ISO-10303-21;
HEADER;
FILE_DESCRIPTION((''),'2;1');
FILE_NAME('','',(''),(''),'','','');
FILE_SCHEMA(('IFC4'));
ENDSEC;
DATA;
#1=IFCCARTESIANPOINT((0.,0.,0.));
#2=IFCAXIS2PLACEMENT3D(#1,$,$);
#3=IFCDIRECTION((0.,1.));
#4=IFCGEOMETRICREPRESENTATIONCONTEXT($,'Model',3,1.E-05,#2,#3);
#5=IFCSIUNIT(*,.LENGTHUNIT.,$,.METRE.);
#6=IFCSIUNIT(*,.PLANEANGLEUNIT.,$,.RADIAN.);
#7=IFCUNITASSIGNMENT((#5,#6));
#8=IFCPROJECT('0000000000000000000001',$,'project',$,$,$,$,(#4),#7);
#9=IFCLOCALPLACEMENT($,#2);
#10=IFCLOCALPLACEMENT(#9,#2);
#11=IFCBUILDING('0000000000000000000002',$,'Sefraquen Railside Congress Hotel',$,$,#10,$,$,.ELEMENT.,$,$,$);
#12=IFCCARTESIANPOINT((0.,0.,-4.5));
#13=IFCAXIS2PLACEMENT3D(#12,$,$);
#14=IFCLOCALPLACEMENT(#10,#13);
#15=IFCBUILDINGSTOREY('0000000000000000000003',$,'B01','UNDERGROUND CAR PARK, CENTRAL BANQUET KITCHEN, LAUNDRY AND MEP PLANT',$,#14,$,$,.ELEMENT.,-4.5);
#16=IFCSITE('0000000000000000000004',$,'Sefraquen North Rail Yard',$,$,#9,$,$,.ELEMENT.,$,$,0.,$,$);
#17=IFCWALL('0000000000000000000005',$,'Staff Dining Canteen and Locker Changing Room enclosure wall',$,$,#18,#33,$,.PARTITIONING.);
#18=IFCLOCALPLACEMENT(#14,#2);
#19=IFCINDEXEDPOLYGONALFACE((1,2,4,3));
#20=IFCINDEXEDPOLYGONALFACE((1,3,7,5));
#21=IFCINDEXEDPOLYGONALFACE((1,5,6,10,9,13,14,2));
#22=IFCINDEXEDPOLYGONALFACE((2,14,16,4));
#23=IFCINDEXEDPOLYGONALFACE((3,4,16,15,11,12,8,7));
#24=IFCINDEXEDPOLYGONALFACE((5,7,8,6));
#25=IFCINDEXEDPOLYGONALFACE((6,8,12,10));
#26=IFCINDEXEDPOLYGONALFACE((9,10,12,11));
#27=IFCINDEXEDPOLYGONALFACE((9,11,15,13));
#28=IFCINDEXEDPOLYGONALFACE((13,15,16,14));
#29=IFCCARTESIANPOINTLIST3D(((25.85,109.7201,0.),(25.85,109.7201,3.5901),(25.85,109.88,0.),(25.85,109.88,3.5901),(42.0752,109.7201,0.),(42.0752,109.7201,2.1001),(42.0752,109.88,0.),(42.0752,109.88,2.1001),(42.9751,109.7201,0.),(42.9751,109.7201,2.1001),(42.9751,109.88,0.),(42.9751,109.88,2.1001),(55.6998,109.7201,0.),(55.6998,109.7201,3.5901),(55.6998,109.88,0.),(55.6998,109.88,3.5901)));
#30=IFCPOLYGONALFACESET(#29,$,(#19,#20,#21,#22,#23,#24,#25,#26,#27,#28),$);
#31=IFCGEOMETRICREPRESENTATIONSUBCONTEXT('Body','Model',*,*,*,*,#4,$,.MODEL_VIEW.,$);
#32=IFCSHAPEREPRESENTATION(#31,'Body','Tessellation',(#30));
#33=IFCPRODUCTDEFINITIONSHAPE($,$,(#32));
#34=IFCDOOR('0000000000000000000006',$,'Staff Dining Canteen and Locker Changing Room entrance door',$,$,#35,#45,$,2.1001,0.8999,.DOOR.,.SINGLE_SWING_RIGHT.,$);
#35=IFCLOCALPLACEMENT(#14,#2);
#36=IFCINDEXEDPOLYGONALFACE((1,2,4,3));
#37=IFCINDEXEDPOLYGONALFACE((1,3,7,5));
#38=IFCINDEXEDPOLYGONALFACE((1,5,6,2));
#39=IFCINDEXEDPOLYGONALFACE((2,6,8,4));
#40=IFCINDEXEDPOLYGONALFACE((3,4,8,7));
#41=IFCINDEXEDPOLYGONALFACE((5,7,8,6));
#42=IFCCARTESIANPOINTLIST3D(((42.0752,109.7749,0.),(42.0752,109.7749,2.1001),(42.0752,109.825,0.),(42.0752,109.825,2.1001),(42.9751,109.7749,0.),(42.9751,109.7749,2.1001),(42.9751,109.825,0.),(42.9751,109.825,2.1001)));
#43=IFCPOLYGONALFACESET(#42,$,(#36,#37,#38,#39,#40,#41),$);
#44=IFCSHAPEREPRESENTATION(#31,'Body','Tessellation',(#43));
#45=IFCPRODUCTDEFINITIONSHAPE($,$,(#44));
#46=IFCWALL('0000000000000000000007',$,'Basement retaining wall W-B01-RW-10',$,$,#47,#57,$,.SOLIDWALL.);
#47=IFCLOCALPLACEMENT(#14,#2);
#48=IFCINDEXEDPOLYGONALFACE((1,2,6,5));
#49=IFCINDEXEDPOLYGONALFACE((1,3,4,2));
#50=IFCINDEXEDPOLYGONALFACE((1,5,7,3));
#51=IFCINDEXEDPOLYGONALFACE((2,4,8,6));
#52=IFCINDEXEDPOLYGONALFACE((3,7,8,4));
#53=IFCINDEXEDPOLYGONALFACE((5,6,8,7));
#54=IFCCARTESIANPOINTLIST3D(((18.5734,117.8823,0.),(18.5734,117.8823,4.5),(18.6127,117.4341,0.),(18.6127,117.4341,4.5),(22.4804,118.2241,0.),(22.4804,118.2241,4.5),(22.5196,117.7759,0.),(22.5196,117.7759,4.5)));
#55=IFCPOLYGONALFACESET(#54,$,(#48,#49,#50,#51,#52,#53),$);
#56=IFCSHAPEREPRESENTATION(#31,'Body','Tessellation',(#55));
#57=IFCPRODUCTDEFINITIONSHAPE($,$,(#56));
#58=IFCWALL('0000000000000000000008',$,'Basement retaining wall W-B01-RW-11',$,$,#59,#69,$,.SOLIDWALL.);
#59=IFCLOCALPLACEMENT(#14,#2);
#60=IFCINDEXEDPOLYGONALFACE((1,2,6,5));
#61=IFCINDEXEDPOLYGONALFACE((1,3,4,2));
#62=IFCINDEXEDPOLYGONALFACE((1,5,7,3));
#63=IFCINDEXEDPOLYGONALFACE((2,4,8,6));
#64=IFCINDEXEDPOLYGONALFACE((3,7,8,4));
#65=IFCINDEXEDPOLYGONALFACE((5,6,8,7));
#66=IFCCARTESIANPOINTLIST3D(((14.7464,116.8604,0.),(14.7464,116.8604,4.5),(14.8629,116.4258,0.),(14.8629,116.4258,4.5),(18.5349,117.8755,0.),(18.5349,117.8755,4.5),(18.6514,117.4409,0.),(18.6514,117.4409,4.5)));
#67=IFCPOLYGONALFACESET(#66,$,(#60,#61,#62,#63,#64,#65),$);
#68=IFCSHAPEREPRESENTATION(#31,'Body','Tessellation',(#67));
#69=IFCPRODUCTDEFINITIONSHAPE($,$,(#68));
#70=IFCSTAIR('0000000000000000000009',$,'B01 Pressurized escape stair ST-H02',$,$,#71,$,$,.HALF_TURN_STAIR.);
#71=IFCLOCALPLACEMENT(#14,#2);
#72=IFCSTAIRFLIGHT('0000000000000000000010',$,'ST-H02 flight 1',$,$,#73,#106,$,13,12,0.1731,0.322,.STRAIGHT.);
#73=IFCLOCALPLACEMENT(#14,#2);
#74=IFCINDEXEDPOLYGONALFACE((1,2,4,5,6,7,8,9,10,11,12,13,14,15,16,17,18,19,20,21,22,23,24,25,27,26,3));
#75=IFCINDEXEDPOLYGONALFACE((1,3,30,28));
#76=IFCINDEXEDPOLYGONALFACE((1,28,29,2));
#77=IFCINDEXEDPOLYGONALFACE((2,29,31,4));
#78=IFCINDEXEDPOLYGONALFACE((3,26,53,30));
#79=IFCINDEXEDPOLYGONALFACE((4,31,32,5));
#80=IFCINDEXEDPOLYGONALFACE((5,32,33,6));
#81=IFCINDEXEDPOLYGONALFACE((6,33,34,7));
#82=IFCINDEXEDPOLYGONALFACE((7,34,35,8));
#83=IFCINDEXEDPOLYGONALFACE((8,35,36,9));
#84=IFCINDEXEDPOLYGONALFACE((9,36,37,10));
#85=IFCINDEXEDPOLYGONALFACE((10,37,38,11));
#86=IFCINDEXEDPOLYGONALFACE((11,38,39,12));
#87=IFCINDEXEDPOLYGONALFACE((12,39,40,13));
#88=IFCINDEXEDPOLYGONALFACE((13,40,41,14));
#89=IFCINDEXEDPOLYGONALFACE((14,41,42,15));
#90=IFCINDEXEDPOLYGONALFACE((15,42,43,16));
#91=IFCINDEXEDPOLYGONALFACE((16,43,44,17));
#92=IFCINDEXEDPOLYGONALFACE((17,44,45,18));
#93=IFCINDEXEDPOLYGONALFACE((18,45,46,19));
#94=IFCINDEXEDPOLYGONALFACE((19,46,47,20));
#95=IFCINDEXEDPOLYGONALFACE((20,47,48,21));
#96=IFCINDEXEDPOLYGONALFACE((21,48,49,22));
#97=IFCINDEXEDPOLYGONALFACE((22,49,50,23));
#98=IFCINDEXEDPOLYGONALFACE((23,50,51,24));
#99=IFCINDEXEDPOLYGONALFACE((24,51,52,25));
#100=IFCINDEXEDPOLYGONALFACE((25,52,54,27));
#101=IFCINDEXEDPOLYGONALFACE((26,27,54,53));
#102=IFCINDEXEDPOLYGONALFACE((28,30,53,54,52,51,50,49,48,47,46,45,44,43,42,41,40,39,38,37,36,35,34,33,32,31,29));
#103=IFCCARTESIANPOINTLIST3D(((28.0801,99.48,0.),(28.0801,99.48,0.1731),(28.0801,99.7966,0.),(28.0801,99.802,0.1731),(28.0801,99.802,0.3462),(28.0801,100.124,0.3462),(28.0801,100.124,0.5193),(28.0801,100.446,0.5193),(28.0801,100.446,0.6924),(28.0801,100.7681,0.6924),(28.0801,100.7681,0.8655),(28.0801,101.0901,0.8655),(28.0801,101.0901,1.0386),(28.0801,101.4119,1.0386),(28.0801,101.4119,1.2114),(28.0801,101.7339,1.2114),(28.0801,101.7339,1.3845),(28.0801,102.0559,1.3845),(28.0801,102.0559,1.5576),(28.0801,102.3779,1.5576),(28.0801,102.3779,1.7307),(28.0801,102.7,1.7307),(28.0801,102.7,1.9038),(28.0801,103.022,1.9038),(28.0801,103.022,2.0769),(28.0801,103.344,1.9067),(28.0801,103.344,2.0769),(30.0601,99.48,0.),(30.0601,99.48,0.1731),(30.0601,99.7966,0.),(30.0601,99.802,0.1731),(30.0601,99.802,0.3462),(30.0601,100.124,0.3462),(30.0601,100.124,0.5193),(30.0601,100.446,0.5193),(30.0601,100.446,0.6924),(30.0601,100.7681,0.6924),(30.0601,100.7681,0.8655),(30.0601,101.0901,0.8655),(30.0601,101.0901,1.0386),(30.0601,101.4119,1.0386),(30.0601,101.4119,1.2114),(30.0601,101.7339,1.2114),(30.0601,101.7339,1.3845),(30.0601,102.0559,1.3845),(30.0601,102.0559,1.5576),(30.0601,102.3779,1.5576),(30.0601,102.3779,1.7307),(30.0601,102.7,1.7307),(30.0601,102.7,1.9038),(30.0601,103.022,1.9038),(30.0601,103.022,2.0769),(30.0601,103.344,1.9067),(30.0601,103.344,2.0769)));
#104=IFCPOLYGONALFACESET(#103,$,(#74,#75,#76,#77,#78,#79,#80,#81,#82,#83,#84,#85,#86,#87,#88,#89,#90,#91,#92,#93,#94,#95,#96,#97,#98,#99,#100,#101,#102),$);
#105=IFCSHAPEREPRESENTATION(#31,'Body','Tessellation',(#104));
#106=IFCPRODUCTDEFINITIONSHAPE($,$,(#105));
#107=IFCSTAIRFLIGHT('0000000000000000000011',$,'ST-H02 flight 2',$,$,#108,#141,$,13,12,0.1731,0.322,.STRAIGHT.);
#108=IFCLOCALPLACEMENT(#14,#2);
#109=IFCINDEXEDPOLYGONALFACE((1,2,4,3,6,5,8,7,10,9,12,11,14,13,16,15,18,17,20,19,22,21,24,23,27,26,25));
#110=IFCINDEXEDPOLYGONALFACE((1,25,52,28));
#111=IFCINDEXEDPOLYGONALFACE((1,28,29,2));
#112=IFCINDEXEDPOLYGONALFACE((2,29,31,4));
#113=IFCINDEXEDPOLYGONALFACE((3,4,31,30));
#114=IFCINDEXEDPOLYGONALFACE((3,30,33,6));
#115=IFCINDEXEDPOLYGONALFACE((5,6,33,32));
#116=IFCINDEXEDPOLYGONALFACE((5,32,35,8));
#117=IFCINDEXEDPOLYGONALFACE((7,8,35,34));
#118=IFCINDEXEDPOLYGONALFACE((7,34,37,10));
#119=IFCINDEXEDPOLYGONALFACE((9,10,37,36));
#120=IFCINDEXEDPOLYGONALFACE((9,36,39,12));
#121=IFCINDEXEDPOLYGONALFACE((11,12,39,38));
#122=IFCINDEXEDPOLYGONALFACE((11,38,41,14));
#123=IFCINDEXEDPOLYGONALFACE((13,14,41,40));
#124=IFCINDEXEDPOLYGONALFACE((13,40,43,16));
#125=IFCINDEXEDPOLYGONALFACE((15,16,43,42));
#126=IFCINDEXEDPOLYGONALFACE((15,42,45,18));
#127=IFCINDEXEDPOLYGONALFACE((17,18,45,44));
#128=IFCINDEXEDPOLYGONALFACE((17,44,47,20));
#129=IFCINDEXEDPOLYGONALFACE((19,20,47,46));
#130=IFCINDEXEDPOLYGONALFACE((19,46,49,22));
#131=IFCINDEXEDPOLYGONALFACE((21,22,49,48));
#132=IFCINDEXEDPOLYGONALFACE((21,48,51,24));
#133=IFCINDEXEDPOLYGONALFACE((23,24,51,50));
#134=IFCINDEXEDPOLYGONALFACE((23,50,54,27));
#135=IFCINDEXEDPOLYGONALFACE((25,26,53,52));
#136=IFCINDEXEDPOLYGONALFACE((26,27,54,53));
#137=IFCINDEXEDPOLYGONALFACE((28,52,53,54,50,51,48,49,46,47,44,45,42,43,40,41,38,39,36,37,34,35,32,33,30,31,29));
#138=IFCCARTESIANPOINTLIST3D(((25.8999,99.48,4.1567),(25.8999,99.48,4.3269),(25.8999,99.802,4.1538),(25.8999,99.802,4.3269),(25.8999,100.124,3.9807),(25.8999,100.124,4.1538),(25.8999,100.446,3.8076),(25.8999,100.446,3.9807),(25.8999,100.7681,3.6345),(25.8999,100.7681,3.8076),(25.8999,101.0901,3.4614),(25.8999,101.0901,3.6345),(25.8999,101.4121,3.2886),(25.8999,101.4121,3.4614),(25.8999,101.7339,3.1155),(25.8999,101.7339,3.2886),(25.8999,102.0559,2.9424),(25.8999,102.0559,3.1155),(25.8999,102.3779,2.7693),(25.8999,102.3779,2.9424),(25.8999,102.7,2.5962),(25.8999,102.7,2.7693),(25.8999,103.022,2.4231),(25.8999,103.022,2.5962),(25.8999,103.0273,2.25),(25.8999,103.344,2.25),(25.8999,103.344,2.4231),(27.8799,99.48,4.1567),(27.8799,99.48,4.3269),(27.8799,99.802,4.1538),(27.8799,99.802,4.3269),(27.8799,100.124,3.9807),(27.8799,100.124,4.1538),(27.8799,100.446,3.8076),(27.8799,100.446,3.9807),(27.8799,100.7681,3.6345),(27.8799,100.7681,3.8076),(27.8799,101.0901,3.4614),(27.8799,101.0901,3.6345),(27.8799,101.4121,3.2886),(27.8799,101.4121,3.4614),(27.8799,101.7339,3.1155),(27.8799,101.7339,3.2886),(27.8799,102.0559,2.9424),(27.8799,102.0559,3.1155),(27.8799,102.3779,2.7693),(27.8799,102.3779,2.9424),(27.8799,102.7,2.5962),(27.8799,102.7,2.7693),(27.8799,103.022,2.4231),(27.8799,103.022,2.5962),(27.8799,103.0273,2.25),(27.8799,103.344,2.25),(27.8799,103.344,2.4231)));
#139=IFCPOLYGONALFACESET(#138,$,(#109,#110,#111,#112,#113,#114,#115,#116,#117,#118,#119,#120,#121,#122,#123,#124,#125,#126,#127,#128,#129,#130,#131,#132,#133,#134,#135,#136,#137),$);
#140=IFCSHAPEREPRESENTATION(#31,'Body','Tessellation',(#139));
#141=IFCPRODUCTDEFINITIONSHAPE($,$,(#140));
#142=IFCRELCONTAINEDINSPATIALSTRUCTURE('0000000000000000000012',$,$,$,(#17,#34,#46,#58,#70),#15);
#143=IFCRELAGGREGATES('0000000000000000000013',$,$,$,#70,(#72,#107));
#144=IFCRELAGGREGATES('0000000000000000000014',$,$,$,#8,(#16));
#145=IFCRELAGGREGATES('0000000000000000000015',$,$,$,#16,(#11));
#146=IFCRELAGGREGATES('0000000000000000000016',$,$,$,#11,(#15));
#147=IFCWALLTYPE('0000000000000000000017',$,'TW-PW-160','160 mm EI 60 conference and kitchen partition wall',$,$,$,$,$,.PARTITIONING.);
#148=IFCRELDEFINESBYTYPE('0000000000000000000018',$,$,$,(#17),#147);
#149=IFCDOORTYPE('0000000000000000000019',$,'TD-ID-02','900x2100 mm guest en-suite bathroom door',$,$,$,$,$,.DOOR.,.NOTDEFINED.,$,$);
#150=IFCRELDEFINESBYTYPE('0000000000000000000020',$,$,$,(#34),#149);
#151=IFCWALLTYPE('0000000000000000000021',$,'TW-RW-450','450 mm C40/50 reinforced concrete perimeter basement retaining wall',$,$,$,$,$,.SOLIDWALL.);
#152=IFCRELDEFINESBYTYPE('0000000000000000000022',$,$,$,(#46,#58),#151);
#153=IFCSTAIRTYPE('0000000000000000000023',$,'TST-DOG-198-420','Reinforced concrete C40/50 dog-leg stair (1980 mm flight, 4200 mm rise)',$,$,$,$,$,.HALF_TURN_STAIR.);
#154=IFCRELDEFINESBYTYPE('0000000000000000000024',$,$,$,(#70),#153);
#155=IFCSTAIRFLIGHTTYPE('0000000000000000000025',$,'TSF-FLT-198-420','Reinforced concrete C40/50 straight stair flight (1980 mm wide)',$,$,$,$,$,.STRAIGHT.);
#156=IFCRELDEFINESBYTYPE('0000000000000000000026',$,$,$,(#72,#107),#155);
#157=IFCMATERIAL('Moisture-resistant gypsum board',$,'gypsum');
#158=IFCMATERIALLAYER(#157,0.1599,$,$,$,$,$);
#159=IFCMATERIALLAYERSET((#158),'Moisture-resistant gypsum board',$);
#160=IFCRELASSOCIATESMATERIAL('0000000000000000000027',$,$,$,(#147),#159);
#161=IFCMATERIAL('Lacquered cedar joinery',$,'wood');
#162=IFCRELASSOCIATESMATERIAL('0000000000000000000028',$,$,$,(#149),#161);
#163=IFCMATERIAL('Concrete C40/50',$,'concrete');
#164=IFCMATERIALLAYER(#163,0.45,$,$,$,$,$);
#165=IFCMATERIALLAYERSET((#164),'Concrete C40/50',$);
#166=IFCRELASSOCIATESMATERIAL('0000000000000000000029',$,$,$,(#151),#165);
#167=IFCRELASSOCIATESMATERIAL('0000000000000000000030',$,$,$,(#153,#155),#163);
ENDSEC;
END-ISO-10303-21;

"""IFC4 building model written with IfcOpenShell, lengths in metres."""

from ifc_helpers import new_model, si_unit, direction, frame, frame_2d, origin, place, context, subcontext, project, spatial, polyline, rectangle, outline, extrude, material, layer, layer_set, type_object, element, fill, aggregate, save


model = new_model("IFC4")

# Units and contexts
model_context = context("Model", 3, precision=1e-05, world=origin(), true_north=direction((0.0, 1.0)))
body_context = subcontext(model_context, "Body", "Model", "MODEL_VIEW")
ifc_project = project(units=[si_unit("LENGTHUNIT", "METRE"), si_unit("PLANEANGLEUNIT", "RADIAN")], contexts=[model_context])

# Site, building, storey
site_placement = place(None, origin())
site = spatial("IfcSite", under=ifc_project, at=site_placement, Name="Sefraquen North Rail Yard", CompositionType="ELEMENT", RefElevation=0.0)
building_placement = place(site_placement, origin())
building = spatial("IfcBuilding", under=site, at=building_placement, Name="Sefraquen Railside Congress Hotel", CompositionType="ELEMENT")
storey_placement = place(building_placement, frame((0.0, 0.0, -4.5)))
storey = spatial("IfcBuildingStorey", under=building, at=storey_placement, Name="B01", Description="UNDERGROUND CAR PARK, CENTRAL BANQUET KITCHEN, LAUNDRY AND MEP PLANT", CompositionType="ELEMENT", Elevation=-4.5)

# Wall, opening, door
ifc_material_1 = material(Name="Concrete C40/50", Category="concrete")
ifc_material_2 = material(Name="Moisture-resistant gypsum board", Category="gypsum")
ifc_layer_1 = layer(ifc_material_2, 0.1599)
ifc_layer_set_1 = layer_set([ifc_layer_1], Name="Moisture-resistant gypsum board")
wall_type_1 = type_object("IfcWallType", Name="TW-PW-160", Description="160 mm EI 60 conference and kitchen partition wall", PredefinedType="PARTITIONING", material=ifc_layer_set_1)
wall_1_placement = place(storey_placement, frame((25.8501, 109.8, 0.0), z_axis=(0.0, 0.0, 1.0), x_axis=(1.0, 0.0, 0.0)))
wall_1 = element("IfcWall", 1, at=wall_1_placement, inside=storey, type_object=wall_type_1, Name="Staff Dining Canteen and Locker Changing Room enclosure wall", PredefinedType="PARTITIONING", context=body_context, shape_type="SweptSolid", body=[
    extrude(rectangle(XDim=29.8499, YDim=0.1599, at=frame_2d((14.9248, 0.0))), origin(), (0.0, 0.0, 1.0), 3.5901),
])
opening_1_placement = place(wall_1_placement, frame((16.2251, 0.0, 0.0)))
opening_1 = element("IfcOpeningElement", 2, at=opening_1_placement, cuts=wall_1, PredefinedType="OPENING", context=body_context, shape_type="SweptSolid", body=[
    extrude(rectangle(XDim=0.8999, YDim=2.1001, at=frame_2d((0.45, 1.05))), frame((0.0, 0.0898, 0.0), z_axis=(0.0, -1.0, 0.0), x_axis=(1.0, 0.0, 0.0)), (0.0, 0.0, 1.0), 0.1799),
])
ifc_material_3 = material(Name="Lacquered cedar joinery", Category="wood")
door_type_1 = type_object("IfcDoorType", Name="TD-ID-02", Description="900x2100 mm guest en-suite bathroom door", OperationType="NOTDEFINED", PredefinedType="DOOR", material=ifc_material_3)
door_1_placement = place(opening_1_placement, origin())
door_1 = element("IfcDoor", 3, at=door_1_placement, inside=storey, type_object=door_type_1, Name="Staff Dining Canteen and Locker Changing Room entrance door", OperationType="SINGLE_SWING_RIGHT", OverallHeight=2.1001, OverallWidth=0.8999, PredefinedType="DOOR", context=body_context, shape_type="SweptSolid", body=[
    extrude(rectangle(XDim=0.8999, YDim=2.1001, at=frame_2d((0.45, 1.05))), frame((0.0, 0.0249, 0.0), z_axis=(0.0, -1.0, 0.0), x_axis=(1.0, 0.0, 0.0)), (0.0, 0.0, 1.0), 0.05),
])
fill(opening_1, door_1)

# Walls
ifc_layer_2 = layer(ifc_material_1, 0.45)
ifc_layer_set_2 = layer_set([ifc_layer_2], Name="Concrete C40/50")
wall_type_2 = type_object("IfcWallType", Name="TW-RW-450", Description="450 mm C40/50 reinforced concrete perimeter basement retaining wall", PredefinedType="SOLIDWALL", material=ifc_layer_set_2)
wall_2_placement = place(storey_placement, frame((22.5, 118.0, 0.0), z_axis=(0.0, 0.0, 1.0), x_axis=(-0.996195, -0.087151, 0.0)))
element("IfcWall", 4, at=wall_2_placement, inside=storey, type_object=wall_type_2, Name="Basement retaining wall W-B01-RW-10", PredefinedType="SOLIDWALL", context=body_context, shape_type="SweptSolid", body=[
    extrude(rectangle(XDim=3.9219, YDim=0.45, at=frame_2d((1.9609, 0.0))), origin(), (0.0, 0.0, 1.0), 4.5),
])
wall_3_placement = place(storey_placement, frame((18.593, 117.6582, 0.0), z_axis=(0.0, 0.0, 1.0), x_axis=(-0.965926, -0.258817, 0.0)))
element("IfcWall", 5, at=wall_3_placement, inside=storey, type_object=wall_type_2, Name="Basement retaining wall W-B01-RW-11", PredefinedType="SOLIDWALL", context=body_context, shape_type="SweptSolid", body=[
    extrude(rectangle(XDim=3.9221, YDim=0.45, at=frame_2d((1.9609, 0.0))), origin(), (0.0, 0.0, 1.0), 4.5),
])

# Stair, stair flights
stair_type = type_object("IfcStairType", Name="TST-DOG-198-420", Description="Reinforced concrete C40/50 dog-leg stair (1980 mm flight, 4200 mm rise)", PredefinedType="HALF_TURN_STAIR", material=ifc_material_1)
stair_placement = place(storey_placement, origin())
stair = element("IfcStair", 6, at=stair_placement, inside=storey, type_object=stair_type, Name="B01 Pressurized escape stair ST-H02", PredefinedType="HALF_TURN_STAIR")
stair_flight_type = type_object("IfcStairFlightType", Name="TSF-FLT-198-420", Description="Reinforced concrete C40/50 straight stair flight (1980 mm wide)", PredefinedType="STRAIGHT", material=ifc_material_1)
stair_flight_1_placement = place(storey_placement, frame((29.0701, 99.48, 0.0), z_axis=(0.0, 0.0, 1.0), x_axis=(0.0, 1.0, 0.0)))
stair_flight_1 = element("IfcStairFlight", 7, at=stair_flight_1_placement, type_object=stair_flight_type, Name="ST-H02 flight 1", NumberOfRisers=13, NumberOfTreads=12, PredefinedType="STRAIGHT", RiserHeight=0.1731, TreadLength=0.322, context=body_context, shape_type="SweptSolid", body=[
    extrude(outline(polyline([(0.0, 0.0), (0.0, 0.1731), (0.322, 0.1731), (0.322, 0.3462), (0.644, 0.3462), (0.644, 0.5193), (0.9661, 0.5193), (0.9661, 0.6924), (1.2881, 0.6924), (1.2881, 0.8655), (1.6101, 0.8655), (1.6101, 1.0386), (1.9319, 1.0386), (1.9319, 1.2114), (2.2539, 1.2114), (2.2539, 1.3845), (2.5759, 1.3845), (2.5759, 1.5576), (2.8979, 1.5576), (2.8979, 1.7307), (3.22, 1.7307), (3.22, 1.9038), (3.542, 1.9038), (3.542, 2.0769), (3.864, 2.0769), (3.864, 2.25), (3.864, 1.9067), (0.3167, 0.0), (0.0, 0.0)])), frame((0.0, 0.99, 0.0), z_axis=(0.0, -1.0, 0.0), x_axis=(1.0, 0.0, 0.0)), (0.0, 0.0, 1.0), 1.98),
])
stair_flight_2_placement = place(storey_placement, frame((26.8899, 103.344, 2.25), z_axis=(0.0, 0.0, 1.0), x_axis=(0.0, -1.0, 0.0)))
stair_flight_2 = element("IfcStairFlight", 8, at=stair_flight_2_placement, type_object=stair_flight_type, Name="ST-H02 flight 2", NumberOfRisers=13, NumberOfTreads=12, PredefinedType="STRAIGHT", RiserHeight=0.1731, TreadLength=0.322, context=body_context, shape_type="SweptSolid", body=[
    extrude(outline(polyline([(0.0, 0.0), (0.0, 0.1731), (0.322, 0.1731), (0.322, 0.3462), (0.644, 0.3462), (0.644, 0.5193), (0.9661, 0.5193), (0.9661, 0.6924), (1.2881, 0.6924), (1.2881, 0.8655), (1.6101, 0.8655), (1.6101, 1.0386), (1.9319, 1.0386), (1.9319, 1.2114), (2.2539, 1.2114), (2.2539, 1.3845), (2.5759, 1.3845), (2.5759, 1.5576), (2.8979, 1.5576), (2.8979, 1.7307), (3.22, 1.7307), (3.22, 1.9038), (3.542, 1.9038), (3.542, 2.0769), (3.864, 2.0769), (3.864, 2.25), (3.864, 1.9067), (0.3167, 0.0), (0.0, 0.0)])), frame((0.0, 0.99, 0.0), z_axis=(0.0, -1.0, 0.0), x_axis=(1.0, 0.0, 0.0)), (0.0, 0.0, 1.0), 1.98),
])
aggregate(stair, [stair_flight_1, stair_flight_2])

save(model, "model.ifc")
